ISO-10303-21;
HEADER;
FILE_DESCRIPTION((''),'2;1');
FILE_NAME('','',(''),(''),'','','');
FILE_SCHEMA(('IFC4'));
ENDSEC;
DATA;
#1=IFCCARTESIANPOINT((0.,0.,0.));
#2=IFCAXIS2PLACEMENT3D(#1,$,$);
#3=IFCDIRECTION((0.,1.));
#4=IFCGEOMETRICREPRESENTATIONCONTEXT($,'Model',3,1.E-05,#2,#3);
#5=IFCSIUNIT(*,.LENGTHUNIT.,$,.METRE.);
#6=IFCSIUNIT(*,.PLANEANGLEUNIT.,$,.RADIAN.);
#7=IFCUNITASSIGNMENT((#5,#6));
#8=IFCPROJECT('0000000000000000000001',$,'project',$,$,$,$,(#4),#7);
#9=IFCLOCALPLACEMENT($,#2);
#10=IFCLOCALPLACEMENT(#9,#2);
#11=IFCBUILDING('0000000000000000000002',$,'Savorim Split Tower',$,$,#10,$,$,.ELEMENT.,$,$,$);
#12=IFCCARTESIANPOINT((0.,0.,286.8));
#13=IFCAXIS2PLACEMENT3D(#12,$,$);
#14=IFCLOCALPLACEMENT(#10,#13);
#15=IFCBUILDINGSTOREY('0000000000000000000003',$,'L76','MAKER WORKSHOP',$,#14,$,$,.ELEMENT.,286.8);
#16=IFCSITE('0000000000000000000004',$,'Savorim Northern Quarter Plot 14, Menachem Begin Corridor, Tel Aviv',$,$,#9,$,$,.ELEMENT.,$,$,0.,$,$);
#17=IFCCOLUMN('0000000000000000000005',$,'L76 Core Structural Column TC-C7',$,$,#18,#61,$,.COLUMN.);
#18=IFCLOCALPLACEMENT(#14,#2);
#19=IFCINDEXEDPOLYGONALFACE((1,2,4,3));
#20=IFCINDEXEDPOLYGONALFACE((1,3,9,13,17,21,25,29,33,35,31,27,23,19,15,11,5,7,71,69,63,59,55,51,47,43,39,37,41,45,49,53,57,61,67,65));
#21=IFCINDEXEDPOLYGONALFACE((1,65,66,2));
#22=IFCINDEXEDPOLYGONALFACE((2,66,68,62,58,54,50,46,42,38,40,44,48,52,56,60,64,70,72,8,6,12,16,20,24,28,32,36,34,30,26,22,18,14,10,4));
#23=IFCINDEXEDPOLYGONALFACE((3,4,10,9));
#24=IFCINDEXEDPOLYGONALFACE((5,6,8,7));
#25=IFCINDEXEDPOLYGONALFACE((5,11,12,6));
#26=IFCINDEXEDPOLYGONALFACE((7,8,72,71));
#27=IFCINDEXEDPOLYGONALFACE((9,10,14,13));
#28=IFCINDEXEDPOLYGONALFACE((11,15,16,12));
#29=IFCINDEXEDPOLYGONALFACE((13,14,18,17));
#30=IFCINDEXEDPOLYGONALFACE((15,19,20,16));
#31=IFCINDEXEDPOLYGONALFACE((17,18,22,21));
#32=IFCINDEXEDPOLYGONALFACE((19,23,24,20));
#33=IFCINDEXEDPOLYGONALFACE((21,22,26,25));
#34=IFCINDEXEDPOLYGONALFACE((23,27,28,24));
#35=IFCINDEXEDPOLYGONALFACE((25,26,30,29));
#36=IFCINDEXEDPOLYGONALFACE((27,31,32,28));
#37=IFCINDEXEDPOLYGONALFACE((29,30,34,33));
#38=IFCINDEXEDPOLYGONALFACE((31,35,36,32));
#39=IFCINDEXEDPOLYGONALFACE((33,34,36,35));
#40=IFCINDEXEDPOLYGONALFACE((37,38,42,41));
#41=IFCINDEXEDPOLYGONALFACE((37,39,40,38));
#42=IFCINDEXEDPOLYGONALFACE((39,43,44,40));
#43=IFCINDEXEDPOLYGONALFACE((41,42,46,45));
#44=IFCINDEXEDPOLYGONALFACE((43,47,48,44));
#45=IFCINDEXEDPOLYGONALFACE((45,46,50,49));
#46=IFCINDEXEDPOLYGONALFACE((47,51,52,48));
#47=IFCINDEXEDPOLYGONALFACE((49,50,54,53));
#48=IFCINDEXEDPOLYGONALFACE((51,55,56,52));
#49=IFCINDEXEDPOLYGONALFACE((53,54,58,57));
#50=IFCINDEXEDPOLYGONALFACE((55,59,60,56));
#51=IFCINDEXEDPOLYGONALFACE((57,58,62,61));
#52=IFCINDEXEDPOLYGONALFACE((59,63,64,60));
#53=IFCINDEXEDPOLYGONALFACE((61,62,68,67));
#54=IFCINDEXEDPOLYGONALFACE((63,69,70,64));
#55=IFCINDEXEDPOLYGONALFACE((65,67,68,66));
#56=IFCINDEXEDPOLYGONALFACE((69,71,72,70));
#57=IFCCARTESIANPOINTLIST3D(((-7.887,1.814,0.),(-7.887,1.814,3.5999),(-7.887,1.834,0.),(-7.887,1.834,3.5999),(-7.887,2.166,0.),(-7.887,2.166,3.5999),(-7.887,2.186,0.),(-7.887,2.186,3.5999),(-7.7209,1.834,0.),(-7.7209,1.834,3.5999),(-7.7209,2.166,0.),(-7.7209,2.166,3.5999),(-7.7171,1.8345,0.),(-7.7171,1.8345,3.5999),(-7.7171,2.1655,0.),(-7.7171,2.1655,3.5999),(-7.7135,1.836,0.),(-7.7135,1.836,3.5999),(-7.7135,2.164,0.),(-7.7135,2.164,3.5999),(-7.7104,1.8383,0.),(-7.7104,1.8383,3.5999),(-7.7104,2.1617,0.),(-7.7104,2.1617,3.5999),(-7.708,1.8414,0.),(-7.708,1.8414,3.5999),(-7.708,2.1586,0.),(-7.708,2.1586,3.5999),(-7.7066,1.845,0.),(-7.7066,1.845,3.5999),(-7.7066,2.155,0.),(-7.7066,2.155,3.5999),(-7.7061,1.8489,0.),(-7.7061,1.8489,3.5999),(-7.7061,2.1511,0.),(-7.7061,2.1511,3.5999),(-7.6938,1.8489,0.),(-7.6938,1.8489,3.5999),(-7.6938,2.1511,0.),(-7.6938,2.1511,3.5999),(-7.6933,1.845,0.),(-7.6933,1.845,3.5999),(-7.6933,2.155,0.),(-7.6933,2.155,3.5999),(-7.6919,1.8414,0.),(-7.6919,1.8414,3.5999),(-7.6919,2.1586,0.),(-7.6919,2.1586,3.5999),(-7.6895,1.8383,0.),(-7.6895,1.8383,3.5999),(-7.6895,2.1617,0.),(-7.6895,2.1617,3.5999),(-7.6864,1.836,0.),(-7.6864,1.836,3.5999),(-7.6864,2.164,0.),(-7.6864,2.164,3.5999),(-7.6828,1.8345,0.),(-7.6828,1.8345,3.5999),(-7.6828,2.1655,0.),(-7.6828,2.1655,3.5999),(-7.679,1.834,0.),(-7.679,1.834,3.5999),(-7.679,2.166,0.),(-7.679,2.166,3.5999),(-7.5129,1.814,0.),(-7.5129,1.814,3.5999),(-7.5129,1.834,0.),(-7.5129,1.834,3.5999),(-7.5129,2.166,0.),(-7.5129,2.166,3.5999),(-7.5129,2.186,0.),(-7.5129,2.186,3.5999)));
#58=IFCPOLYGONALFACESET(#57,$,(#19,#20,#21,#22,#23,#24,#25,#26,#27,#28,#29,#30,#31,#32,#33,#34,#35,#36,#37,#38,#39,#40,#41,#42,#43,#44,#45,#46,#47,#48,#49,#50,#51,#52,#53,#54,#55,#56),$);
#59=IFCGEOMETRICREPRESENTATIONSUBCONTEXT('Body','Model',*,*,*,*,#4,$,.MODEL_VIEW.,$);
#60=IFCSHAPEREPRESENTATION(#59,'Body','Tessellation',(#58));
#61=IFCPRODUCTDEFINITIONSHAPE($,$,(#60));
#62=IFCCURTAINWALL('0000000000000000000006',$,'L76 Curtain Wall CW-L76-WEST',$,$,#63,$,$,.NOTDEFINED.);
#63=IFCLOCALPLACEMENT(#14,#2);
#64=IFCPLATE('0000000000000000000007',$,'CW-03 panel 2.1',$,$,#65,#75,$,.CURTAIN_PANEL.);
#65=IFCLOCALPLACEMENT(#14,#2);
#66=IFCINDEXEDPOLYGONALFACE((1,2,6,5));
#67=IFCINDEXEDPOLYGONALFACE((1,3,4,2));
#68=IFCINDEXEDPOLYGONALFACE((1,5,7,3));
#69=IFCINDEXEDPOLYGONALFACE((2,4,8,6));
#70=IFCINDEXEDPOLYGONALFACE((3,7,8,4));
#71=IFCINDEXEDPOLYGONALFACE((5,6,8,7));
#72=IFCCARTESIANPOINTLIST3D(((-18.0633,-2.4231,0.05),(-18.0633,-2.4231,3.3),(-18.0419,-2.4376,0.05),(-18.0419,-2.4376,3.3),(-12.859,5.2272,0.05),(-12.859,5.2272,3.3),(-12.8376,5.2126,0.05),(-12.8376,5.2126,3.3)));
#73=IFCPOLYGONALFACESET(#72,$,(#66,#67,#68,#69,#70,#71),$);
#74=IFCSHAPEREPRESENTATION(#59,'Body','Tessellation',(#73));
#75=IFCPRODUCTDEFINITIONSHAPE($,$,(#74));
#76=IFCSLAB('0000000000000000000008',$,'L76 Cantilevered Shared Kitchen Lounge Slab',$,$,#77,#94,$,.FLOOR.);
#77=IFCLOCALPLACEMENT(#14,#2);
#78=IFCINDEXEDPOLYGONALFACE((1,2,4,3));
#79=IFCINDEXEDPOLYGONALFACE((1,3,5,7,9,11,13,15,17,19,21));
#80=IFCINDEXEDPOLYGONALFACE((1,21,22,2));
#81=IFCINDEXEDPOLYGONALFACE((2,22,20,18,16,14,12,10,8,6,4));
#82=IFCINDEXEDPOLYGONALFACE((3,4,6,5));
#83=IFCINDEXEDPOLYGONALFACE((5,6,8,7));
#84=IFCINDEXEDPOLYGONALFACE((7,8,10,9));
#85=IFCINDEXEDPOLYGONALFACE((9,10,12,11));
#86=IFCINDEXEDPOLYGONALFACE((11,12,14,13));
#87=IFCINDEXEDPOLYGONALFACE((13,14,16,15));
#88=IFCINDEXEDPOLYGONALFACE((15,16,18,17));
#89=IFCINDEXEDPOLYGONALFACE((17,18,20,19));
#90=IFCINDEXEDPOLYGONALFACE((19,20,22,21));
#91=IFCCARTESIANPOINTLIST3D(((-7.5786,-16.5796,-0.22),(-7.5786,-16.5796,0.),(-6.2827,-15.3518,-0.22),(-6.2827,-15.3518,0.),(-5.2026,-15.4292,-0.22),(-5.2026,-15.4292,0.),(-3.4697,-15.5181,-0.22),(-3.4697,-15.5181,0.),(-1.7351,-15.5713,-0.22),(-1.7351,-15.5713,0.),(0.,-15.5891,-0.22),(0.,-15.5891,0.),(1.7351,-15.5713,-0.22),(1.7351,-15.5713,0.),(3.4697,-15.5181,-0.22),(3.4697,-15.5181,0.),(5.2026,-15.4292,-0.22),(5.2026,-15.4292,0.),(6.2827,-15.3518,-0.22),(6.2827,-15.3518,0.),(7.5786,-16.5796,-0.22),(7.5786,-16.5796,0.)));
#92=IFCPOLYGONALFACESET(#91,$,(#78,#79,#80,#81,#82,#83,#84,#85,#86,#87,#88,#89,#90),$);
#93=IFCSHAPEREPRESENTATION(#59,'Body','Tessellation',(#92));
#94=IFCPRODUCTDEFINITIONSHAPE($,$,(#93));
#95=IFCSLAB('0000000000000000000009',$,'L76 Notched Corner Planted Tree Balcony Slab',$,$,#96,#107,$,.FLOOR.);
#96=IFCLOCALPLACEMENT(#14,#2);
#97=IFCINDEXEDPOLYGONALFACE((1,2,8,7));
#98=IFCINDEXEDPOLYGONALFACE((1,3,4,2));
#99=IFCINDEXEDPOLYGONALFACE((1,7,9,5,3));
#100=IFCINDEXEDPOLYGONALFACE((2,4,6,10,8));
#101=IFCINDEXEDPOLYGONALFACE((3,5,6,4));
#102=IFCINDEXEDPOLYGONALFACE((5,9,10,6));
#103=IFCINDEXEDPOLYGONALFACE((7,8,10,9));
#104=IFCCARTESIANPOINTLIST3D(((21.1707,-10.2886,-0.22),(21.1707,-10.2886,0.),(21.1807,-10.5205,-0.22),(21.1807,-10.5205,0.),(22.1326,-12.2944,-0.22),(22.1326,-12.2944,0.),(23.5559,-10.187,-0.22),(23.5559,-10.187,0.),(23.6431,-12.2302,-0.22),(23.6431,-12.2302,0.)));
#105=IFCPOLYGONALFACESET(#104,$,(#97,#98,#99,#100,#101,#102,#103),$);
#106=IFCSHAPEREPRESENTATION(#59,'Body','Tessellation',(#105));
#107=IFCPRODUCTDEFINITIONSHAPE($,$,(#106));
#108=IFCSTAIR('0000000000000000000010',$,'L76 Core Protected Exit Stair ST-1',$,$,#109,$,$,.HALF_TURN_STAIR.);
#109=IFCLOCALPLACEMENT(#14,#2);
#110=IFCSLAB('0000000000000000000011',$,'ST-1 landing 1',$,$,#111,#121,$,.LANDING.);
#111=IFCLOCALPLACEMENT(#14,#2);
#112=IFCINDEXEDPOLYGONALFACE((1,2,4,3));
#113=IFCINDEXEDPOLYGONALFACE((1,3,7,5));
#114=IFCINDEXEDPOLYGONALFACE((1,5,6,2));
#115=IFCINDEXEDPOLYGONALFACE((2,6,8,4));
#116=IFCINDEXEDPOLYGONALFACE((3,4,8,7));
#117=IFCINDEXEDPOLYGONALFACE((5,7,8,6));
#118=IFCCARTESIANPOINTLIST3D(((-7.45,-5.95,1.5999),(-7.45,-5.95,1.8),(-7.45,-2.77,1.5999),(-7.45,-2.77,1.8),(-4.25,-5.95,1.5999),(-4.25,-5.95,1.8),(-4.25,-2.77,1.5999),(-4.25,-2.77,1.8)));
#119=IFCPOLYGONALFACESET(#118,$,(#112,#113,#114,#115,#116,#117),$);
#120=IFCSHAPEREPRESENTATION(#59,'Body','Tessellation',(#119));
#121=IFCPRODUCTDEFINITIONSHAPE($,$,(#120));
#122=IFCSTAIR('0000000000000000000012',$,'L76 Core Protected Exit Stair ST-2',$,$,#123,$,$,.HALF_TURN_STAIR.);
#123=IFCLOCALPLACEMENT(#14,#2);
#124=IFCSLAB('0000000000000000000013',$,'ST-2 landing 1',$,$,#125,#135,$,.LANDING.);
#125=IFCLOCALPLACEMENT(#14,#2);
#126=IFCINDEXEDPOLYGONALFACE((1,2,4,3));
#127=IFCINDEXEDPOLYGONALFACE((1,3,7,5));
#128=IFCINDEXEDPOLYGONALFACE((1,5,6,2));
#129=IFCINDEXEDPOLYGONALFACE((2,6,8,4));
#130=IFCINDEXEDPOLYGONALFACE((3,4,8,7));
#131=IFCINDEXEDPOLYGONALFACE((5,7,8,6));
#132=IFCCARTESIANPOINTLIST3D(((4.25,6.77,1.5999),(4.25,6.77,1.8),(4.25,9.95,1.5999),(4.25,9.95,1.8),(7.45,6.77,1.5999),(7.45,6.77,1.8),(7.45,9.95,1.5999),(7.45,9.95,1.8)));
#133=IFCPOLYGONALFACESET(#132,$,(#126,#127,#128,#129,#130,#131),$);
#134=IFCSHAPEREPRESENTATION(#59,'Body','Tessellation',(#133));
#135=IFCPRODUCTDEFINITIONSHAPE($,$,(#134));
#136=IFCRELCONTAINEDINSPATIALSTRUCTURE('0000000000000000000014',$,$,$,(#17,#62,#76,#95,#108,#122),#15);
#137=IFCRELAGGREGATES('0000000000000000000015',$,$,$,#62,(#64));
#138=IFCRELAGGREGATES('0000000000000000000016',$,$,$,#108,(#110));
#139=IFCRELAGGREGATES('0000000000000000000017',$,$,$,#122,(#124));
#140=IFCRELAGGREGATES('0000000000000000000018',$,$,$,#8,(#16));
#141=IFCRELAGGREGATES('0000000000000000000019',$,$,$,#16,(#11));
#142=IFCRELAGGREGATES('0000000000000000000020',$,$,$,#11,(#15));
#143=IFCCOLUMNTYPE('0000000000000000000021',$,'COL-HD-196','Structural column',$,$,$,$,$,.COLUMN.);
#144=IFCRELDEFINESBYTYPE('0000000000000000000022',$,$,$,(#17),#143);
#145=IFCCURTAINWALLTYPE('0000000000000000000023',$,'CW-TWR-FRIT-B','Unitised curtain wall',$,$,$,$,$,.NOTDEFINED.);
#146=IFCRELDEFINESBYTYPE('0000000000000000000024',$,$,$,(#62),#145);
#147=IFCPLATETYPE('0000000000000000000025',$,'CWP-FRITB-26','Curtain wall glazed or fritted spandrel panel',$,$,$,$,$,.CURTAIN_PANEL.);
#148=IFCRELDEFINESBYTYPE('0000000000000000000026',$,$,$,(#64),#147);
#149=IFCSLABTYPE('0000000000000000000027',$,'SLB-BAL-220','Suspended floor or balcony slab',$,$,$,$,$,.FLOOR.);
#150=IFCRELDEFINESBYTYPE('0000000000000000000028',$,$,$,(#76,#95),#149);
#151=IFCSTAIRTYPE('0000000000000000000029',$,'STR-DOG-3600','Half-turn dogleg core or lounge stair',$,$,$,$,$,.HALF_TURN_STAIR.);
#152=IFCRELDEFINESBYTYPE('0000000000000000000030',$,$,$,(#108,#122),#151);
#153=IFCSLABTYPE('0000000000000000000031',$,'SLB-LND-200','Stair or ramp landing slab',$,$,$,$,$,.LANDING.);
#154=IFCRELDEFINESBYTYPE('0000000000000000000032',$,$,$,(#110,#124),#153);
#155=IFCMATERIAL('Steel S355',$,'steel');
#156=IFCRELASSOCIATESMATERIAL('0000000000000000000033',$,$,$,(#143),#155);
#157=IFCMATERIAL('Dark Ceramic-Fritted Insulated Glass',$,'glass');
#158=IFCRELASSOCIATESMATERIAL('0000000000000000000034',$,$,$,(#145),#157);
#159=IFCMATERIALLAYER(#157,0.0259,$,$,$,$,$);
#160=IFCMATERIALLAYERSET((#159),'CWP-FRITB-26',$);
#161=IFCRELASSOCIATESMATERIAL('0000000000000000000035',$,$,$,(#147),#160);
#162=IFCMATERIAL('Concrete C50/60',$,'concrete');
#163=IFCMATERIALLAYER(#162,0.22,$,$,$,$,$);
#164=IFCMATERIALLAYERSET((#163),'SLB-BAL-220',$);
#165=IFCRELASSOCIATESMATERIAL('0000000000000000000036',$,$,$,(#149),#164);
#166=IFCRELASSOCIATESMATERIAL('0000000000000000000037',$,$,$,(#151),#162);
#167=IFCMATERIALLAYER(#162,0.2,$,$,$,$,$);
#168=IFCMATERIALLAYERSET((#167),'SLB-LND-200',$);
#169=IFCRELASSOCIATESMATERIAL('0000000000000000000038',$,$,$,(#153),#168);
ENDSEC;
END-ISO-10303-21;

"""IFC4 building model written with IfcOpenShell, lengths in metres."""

from ifc_helpers import new_model, si_unit, direction, frame, origin, origin_2d, place, context, subcontext, project, spatial, polyline, rectangle, i_section, outline, extrude, material, layer, layer_set, material_profile, profile_set, type_object, element, aggregate, save


model = new_model("IFC4")

# Units and contexts
model_context = context("Model", 3, precision=1e-05, world=origin(), true_north=direction((0.0, 1.0)))
body_context = subcontext(model_context, "Body", "Model", "MODEL_VIEW")
ifc_project = project(units=[si_unit("LENGTHUNIT", "METRE"), si_unit("PLANEANGLEUNIT", "RADIAN")], contexts=[model_context])

# Site, building, storey
site_placement = place(None, origin())
site = spatial("IfcSite", under=ifc_project, at=site_placement, Name="Savorim Northern Quarter Plot 14, Menachem Begin Corridor, Tel Aviv", CompositionType="ELEMENT", RefElevation=0.0)
building_placement = place(site_placement, origin())
building = spatial("IfcBuilding", under=site, at=building_placement, Name="Savorim Split Tower", CompositionType="ELEMENT")
storey_placement = place(building_placement, frame((0.0, 0.0, 286.8)))
storey = spatial("IfcBuildingStorey", under=building, at=storey_placement, Name="L76", Description="MAKER WORKSHOP", CompositionType="ELEMENT", Elevation=286.8)

# Column
ifc_material_1 = material(Name="Steel S355", Category="steel")
ifc_material_profile = material_profile(ifc_material_1, i_section(OverallWidth=0.374, OverallDepth=0.3721, WebThickness=0.0122, FlangeThickness=0.02, FilletRadius=0.0149, at=origin_2d()), Name="HD 360x196")
ifc_profile_set = profile_set([ifc_material_profile], Name="Steel S355")
column_type = type_object("IfcColumnType", Name="COL-HD-196", Description="Structural column", PredefinedType="COLUMN", material=ifc_profile_set)
column_placement = place(storey_placement, frame((-7.7, 2.0, 0.0), z_axis=(0.0, 0.0, 1.0), x_axis=(1.0, 0.0, 0.0)))
element("IfcColumn", 1, at=column_placement, inside=storey, type_object=column_type, Name="L76 Core Structural Column TC-C7", PredefinedType="COLUMN", context=body_context, shape_type="SweptSolid", body=[
    extrude(i_section(OverallWidth=0.374, OverallDepth=0.3721, WebThickness=0.0122, FlangeThickness=0.02, FilletRadius=0.0149, at=origin_2d()), origin(), (0.0, 0.0, 1.0), 3.5999),
])

# Curtain wall, plate
ifc_material_2 = material(Name="Dark Ceramic-Fritted Insulated Glass", Category="glass")
curtain_wall_type = type_object("IfcCurtainWallType", Name="CW-TWR-FRIT-B", Description="Unitised curtain wall", PredefinedType="NOTDEFINED", material=ifc_material_2)
curtain_wall_placement = place(storey_placement, origin())
curtain_wall = element("IfcCurtainWall", 2, at=curtain_wall_placement, inside=storey, type_object=curtain_wall_type, Name="L76 Curtain Wall CW-L76-WEST", PredefinedType="NOTDEFINED")
ifc_layer_1 = layer(ifc_material_2, 0.0259)
ifc_layer_set_1 = layer_set([ifc_layer_1], Name="CWP-FRITB-26")
plate_type = type_object("IfcPlateType", Name="CWP-FRITB-26", Description="Curtain wall glazed or fritted spandrel panel", PredefinedType="CURTAIN_PANEL", material=ifc_layer_set_1)
plate_placement = place(storey_placement, frame((-15.4504, 1.3948, 0.05), z_axis=(0.0, 0.0, 1.0), x_axis=(-0.56247, -0.826818, 0.0)))
plate = element("IfcPlate", 3, at=plate_placement, type_object=plate_type, Name="CW-03 panel 2.1", PredefinedType="CURTAIN_PANEL", context=body_context, shape_type="SweptSolid", body=[
    extrude(rectangle(XDim=9.2527, YDim=0.0259, at=origin_2d()), origin(), (0.0, 0.0, 1.0), 3.25),
])
aggregate(curtain_wall, [plate])

# Slabs
ifc_material_3 = material(Name="Concrete C50/60", Category="concrete")
ifc_layer_2 = layer(ifc_material_3, 0.22)
ifc_layer_set_2 = layer_set([ifc_layer_2], Name="SLB-BAL-220")
slab_type_1 = type_object("IfcSlabType", Name="SLB-BAL-220", Description="Suspended floor or balcony slab", PredefinedType="FLOOR", material=ifc_layer_set_2)
slab_1_placement = place(storey_placement, frame((0.0, 0.0, -0.22)))
element("IfcSlab", 4, at=slab_1_placement, inside=storey, type_object=slab_type_1, Name="L76 Cantilevered Shared Kitchen Lounge Slab", PredefinedType="FLOOR", context=body_context, shape_type="SweptSolid", body=[
    extrude(outline(polyline([(6.2827, -15.3518), (5.2026, -15.4292), (3.4697, -15.5181), (1.7351, -15.5713), (0.0, -15.5891), (-1.7351, -15.5713), (-3.4697, -15.5181), (-5.2026, -15.4292), (-6.2827, -15.3518), (-7.5786, -16.5796), (7.5786, -16.5796), (6.2827, -15.3518)])), origin(), (0.0, 0.0, 1.0), 0.22),
])
slab_2_placement = place(storey_placement, frame((0.0, 0.0, -0.22)))
element("IfcSlab", 5, at=slab_2_placement, inside=storey, type_object=slab_type_1, Name="L76 Notched Corner Planted Tree Balcony Slab", PredefinedType="FLOOR", context=body_context, shape_type="SweptSolid", body=[
    extrude(outline(polyline([(23.5559, -10.187), (21.1707, -10.2886), (21.1807, -10.5205), (22.1326, -12.2944), (23.6431, -12.2302), (23.5559, -10.187)])), origin(), (0.0, 0.0, 1.0), 0.22),
])

# Stairs, slabs
stair_type = type_object("IfcStairType", Name="STR-DOG-3600", Description="Half-turn dogleg core or lounge stair", PredefinedType="HALF_TURN_STAIR", material=ifc_material_3)
stair_1_placement = place(storey_placement, origin())
stair_1 = element("IfcStair", 6, at=stair_1_placement, inside=storey, type_object=stair_type, Name="L76 Core Protected Exit Stair ST-1", PredefinedType="HALF_TURN_STAIR")
ifc_layer_3 = layer(ifc_material_3, 0.2)
ifc_layer_set_3 = layer_set([ifc_layer_3], Name="SLB-LND-200")
slab_type_2 = type_object("IfcSlabType", Name="SLB-LND-200", Description="Stair or ramp landing slab", PredefinedType="LANDING", material=ifc_layer_set_3)
slab_3_placement = place(storey_placement, frame((0.0, 0.0, 1.5999)))
slab_3 = element("IfcSlab", 7, at=slab_3_placement, type_object=slab_type_2, Name="ST-1 landing 1", PredefinedType="LANDING", context=body_context, shape_type="SweptSolid", body=[
    extrude(outline(polyline([(-7.45, -2.77), (-7.45, -5.95), (-4.25, -5.95), (-4.25, -2.77), (-7.45, -2.77)])), origin(), (0.0, 0.0, 1.0), 0.2002),
])
aggregate(stair_1, [slab_3])
stair_2_placement = place(storey_placement, origin())
stair_2 = element("IfcStair", 8, at=stair_2_placement, inside=storey, type_object=stair_type, Name="L76 Core Protected Exit Stair ST-2", PredefinedType="HALF_TURN_STAIR")
slab_4_placement = place(storey_placement, frame((0.0, 0.0, 1.5999)))
slab_4 = element("IfcSlab", 9, at=slab_4_placement, type_object=slab_type_2, Name="ST-2 landing 1", PredefinedType="LANDING", context=body_context, shape_type="SweptSolid", body=[
    extrude(outline(polyline([(7.45, 6.77), (7.45, 9.95), (4.25, 9.95), (4.25, 6.77), (7.45, 6.77)])), origin(), (0.0, 0.0, 1.0), 0.2002),
])
aggregate(stair_2, [slab_4])

save(model, "model.ifc")
